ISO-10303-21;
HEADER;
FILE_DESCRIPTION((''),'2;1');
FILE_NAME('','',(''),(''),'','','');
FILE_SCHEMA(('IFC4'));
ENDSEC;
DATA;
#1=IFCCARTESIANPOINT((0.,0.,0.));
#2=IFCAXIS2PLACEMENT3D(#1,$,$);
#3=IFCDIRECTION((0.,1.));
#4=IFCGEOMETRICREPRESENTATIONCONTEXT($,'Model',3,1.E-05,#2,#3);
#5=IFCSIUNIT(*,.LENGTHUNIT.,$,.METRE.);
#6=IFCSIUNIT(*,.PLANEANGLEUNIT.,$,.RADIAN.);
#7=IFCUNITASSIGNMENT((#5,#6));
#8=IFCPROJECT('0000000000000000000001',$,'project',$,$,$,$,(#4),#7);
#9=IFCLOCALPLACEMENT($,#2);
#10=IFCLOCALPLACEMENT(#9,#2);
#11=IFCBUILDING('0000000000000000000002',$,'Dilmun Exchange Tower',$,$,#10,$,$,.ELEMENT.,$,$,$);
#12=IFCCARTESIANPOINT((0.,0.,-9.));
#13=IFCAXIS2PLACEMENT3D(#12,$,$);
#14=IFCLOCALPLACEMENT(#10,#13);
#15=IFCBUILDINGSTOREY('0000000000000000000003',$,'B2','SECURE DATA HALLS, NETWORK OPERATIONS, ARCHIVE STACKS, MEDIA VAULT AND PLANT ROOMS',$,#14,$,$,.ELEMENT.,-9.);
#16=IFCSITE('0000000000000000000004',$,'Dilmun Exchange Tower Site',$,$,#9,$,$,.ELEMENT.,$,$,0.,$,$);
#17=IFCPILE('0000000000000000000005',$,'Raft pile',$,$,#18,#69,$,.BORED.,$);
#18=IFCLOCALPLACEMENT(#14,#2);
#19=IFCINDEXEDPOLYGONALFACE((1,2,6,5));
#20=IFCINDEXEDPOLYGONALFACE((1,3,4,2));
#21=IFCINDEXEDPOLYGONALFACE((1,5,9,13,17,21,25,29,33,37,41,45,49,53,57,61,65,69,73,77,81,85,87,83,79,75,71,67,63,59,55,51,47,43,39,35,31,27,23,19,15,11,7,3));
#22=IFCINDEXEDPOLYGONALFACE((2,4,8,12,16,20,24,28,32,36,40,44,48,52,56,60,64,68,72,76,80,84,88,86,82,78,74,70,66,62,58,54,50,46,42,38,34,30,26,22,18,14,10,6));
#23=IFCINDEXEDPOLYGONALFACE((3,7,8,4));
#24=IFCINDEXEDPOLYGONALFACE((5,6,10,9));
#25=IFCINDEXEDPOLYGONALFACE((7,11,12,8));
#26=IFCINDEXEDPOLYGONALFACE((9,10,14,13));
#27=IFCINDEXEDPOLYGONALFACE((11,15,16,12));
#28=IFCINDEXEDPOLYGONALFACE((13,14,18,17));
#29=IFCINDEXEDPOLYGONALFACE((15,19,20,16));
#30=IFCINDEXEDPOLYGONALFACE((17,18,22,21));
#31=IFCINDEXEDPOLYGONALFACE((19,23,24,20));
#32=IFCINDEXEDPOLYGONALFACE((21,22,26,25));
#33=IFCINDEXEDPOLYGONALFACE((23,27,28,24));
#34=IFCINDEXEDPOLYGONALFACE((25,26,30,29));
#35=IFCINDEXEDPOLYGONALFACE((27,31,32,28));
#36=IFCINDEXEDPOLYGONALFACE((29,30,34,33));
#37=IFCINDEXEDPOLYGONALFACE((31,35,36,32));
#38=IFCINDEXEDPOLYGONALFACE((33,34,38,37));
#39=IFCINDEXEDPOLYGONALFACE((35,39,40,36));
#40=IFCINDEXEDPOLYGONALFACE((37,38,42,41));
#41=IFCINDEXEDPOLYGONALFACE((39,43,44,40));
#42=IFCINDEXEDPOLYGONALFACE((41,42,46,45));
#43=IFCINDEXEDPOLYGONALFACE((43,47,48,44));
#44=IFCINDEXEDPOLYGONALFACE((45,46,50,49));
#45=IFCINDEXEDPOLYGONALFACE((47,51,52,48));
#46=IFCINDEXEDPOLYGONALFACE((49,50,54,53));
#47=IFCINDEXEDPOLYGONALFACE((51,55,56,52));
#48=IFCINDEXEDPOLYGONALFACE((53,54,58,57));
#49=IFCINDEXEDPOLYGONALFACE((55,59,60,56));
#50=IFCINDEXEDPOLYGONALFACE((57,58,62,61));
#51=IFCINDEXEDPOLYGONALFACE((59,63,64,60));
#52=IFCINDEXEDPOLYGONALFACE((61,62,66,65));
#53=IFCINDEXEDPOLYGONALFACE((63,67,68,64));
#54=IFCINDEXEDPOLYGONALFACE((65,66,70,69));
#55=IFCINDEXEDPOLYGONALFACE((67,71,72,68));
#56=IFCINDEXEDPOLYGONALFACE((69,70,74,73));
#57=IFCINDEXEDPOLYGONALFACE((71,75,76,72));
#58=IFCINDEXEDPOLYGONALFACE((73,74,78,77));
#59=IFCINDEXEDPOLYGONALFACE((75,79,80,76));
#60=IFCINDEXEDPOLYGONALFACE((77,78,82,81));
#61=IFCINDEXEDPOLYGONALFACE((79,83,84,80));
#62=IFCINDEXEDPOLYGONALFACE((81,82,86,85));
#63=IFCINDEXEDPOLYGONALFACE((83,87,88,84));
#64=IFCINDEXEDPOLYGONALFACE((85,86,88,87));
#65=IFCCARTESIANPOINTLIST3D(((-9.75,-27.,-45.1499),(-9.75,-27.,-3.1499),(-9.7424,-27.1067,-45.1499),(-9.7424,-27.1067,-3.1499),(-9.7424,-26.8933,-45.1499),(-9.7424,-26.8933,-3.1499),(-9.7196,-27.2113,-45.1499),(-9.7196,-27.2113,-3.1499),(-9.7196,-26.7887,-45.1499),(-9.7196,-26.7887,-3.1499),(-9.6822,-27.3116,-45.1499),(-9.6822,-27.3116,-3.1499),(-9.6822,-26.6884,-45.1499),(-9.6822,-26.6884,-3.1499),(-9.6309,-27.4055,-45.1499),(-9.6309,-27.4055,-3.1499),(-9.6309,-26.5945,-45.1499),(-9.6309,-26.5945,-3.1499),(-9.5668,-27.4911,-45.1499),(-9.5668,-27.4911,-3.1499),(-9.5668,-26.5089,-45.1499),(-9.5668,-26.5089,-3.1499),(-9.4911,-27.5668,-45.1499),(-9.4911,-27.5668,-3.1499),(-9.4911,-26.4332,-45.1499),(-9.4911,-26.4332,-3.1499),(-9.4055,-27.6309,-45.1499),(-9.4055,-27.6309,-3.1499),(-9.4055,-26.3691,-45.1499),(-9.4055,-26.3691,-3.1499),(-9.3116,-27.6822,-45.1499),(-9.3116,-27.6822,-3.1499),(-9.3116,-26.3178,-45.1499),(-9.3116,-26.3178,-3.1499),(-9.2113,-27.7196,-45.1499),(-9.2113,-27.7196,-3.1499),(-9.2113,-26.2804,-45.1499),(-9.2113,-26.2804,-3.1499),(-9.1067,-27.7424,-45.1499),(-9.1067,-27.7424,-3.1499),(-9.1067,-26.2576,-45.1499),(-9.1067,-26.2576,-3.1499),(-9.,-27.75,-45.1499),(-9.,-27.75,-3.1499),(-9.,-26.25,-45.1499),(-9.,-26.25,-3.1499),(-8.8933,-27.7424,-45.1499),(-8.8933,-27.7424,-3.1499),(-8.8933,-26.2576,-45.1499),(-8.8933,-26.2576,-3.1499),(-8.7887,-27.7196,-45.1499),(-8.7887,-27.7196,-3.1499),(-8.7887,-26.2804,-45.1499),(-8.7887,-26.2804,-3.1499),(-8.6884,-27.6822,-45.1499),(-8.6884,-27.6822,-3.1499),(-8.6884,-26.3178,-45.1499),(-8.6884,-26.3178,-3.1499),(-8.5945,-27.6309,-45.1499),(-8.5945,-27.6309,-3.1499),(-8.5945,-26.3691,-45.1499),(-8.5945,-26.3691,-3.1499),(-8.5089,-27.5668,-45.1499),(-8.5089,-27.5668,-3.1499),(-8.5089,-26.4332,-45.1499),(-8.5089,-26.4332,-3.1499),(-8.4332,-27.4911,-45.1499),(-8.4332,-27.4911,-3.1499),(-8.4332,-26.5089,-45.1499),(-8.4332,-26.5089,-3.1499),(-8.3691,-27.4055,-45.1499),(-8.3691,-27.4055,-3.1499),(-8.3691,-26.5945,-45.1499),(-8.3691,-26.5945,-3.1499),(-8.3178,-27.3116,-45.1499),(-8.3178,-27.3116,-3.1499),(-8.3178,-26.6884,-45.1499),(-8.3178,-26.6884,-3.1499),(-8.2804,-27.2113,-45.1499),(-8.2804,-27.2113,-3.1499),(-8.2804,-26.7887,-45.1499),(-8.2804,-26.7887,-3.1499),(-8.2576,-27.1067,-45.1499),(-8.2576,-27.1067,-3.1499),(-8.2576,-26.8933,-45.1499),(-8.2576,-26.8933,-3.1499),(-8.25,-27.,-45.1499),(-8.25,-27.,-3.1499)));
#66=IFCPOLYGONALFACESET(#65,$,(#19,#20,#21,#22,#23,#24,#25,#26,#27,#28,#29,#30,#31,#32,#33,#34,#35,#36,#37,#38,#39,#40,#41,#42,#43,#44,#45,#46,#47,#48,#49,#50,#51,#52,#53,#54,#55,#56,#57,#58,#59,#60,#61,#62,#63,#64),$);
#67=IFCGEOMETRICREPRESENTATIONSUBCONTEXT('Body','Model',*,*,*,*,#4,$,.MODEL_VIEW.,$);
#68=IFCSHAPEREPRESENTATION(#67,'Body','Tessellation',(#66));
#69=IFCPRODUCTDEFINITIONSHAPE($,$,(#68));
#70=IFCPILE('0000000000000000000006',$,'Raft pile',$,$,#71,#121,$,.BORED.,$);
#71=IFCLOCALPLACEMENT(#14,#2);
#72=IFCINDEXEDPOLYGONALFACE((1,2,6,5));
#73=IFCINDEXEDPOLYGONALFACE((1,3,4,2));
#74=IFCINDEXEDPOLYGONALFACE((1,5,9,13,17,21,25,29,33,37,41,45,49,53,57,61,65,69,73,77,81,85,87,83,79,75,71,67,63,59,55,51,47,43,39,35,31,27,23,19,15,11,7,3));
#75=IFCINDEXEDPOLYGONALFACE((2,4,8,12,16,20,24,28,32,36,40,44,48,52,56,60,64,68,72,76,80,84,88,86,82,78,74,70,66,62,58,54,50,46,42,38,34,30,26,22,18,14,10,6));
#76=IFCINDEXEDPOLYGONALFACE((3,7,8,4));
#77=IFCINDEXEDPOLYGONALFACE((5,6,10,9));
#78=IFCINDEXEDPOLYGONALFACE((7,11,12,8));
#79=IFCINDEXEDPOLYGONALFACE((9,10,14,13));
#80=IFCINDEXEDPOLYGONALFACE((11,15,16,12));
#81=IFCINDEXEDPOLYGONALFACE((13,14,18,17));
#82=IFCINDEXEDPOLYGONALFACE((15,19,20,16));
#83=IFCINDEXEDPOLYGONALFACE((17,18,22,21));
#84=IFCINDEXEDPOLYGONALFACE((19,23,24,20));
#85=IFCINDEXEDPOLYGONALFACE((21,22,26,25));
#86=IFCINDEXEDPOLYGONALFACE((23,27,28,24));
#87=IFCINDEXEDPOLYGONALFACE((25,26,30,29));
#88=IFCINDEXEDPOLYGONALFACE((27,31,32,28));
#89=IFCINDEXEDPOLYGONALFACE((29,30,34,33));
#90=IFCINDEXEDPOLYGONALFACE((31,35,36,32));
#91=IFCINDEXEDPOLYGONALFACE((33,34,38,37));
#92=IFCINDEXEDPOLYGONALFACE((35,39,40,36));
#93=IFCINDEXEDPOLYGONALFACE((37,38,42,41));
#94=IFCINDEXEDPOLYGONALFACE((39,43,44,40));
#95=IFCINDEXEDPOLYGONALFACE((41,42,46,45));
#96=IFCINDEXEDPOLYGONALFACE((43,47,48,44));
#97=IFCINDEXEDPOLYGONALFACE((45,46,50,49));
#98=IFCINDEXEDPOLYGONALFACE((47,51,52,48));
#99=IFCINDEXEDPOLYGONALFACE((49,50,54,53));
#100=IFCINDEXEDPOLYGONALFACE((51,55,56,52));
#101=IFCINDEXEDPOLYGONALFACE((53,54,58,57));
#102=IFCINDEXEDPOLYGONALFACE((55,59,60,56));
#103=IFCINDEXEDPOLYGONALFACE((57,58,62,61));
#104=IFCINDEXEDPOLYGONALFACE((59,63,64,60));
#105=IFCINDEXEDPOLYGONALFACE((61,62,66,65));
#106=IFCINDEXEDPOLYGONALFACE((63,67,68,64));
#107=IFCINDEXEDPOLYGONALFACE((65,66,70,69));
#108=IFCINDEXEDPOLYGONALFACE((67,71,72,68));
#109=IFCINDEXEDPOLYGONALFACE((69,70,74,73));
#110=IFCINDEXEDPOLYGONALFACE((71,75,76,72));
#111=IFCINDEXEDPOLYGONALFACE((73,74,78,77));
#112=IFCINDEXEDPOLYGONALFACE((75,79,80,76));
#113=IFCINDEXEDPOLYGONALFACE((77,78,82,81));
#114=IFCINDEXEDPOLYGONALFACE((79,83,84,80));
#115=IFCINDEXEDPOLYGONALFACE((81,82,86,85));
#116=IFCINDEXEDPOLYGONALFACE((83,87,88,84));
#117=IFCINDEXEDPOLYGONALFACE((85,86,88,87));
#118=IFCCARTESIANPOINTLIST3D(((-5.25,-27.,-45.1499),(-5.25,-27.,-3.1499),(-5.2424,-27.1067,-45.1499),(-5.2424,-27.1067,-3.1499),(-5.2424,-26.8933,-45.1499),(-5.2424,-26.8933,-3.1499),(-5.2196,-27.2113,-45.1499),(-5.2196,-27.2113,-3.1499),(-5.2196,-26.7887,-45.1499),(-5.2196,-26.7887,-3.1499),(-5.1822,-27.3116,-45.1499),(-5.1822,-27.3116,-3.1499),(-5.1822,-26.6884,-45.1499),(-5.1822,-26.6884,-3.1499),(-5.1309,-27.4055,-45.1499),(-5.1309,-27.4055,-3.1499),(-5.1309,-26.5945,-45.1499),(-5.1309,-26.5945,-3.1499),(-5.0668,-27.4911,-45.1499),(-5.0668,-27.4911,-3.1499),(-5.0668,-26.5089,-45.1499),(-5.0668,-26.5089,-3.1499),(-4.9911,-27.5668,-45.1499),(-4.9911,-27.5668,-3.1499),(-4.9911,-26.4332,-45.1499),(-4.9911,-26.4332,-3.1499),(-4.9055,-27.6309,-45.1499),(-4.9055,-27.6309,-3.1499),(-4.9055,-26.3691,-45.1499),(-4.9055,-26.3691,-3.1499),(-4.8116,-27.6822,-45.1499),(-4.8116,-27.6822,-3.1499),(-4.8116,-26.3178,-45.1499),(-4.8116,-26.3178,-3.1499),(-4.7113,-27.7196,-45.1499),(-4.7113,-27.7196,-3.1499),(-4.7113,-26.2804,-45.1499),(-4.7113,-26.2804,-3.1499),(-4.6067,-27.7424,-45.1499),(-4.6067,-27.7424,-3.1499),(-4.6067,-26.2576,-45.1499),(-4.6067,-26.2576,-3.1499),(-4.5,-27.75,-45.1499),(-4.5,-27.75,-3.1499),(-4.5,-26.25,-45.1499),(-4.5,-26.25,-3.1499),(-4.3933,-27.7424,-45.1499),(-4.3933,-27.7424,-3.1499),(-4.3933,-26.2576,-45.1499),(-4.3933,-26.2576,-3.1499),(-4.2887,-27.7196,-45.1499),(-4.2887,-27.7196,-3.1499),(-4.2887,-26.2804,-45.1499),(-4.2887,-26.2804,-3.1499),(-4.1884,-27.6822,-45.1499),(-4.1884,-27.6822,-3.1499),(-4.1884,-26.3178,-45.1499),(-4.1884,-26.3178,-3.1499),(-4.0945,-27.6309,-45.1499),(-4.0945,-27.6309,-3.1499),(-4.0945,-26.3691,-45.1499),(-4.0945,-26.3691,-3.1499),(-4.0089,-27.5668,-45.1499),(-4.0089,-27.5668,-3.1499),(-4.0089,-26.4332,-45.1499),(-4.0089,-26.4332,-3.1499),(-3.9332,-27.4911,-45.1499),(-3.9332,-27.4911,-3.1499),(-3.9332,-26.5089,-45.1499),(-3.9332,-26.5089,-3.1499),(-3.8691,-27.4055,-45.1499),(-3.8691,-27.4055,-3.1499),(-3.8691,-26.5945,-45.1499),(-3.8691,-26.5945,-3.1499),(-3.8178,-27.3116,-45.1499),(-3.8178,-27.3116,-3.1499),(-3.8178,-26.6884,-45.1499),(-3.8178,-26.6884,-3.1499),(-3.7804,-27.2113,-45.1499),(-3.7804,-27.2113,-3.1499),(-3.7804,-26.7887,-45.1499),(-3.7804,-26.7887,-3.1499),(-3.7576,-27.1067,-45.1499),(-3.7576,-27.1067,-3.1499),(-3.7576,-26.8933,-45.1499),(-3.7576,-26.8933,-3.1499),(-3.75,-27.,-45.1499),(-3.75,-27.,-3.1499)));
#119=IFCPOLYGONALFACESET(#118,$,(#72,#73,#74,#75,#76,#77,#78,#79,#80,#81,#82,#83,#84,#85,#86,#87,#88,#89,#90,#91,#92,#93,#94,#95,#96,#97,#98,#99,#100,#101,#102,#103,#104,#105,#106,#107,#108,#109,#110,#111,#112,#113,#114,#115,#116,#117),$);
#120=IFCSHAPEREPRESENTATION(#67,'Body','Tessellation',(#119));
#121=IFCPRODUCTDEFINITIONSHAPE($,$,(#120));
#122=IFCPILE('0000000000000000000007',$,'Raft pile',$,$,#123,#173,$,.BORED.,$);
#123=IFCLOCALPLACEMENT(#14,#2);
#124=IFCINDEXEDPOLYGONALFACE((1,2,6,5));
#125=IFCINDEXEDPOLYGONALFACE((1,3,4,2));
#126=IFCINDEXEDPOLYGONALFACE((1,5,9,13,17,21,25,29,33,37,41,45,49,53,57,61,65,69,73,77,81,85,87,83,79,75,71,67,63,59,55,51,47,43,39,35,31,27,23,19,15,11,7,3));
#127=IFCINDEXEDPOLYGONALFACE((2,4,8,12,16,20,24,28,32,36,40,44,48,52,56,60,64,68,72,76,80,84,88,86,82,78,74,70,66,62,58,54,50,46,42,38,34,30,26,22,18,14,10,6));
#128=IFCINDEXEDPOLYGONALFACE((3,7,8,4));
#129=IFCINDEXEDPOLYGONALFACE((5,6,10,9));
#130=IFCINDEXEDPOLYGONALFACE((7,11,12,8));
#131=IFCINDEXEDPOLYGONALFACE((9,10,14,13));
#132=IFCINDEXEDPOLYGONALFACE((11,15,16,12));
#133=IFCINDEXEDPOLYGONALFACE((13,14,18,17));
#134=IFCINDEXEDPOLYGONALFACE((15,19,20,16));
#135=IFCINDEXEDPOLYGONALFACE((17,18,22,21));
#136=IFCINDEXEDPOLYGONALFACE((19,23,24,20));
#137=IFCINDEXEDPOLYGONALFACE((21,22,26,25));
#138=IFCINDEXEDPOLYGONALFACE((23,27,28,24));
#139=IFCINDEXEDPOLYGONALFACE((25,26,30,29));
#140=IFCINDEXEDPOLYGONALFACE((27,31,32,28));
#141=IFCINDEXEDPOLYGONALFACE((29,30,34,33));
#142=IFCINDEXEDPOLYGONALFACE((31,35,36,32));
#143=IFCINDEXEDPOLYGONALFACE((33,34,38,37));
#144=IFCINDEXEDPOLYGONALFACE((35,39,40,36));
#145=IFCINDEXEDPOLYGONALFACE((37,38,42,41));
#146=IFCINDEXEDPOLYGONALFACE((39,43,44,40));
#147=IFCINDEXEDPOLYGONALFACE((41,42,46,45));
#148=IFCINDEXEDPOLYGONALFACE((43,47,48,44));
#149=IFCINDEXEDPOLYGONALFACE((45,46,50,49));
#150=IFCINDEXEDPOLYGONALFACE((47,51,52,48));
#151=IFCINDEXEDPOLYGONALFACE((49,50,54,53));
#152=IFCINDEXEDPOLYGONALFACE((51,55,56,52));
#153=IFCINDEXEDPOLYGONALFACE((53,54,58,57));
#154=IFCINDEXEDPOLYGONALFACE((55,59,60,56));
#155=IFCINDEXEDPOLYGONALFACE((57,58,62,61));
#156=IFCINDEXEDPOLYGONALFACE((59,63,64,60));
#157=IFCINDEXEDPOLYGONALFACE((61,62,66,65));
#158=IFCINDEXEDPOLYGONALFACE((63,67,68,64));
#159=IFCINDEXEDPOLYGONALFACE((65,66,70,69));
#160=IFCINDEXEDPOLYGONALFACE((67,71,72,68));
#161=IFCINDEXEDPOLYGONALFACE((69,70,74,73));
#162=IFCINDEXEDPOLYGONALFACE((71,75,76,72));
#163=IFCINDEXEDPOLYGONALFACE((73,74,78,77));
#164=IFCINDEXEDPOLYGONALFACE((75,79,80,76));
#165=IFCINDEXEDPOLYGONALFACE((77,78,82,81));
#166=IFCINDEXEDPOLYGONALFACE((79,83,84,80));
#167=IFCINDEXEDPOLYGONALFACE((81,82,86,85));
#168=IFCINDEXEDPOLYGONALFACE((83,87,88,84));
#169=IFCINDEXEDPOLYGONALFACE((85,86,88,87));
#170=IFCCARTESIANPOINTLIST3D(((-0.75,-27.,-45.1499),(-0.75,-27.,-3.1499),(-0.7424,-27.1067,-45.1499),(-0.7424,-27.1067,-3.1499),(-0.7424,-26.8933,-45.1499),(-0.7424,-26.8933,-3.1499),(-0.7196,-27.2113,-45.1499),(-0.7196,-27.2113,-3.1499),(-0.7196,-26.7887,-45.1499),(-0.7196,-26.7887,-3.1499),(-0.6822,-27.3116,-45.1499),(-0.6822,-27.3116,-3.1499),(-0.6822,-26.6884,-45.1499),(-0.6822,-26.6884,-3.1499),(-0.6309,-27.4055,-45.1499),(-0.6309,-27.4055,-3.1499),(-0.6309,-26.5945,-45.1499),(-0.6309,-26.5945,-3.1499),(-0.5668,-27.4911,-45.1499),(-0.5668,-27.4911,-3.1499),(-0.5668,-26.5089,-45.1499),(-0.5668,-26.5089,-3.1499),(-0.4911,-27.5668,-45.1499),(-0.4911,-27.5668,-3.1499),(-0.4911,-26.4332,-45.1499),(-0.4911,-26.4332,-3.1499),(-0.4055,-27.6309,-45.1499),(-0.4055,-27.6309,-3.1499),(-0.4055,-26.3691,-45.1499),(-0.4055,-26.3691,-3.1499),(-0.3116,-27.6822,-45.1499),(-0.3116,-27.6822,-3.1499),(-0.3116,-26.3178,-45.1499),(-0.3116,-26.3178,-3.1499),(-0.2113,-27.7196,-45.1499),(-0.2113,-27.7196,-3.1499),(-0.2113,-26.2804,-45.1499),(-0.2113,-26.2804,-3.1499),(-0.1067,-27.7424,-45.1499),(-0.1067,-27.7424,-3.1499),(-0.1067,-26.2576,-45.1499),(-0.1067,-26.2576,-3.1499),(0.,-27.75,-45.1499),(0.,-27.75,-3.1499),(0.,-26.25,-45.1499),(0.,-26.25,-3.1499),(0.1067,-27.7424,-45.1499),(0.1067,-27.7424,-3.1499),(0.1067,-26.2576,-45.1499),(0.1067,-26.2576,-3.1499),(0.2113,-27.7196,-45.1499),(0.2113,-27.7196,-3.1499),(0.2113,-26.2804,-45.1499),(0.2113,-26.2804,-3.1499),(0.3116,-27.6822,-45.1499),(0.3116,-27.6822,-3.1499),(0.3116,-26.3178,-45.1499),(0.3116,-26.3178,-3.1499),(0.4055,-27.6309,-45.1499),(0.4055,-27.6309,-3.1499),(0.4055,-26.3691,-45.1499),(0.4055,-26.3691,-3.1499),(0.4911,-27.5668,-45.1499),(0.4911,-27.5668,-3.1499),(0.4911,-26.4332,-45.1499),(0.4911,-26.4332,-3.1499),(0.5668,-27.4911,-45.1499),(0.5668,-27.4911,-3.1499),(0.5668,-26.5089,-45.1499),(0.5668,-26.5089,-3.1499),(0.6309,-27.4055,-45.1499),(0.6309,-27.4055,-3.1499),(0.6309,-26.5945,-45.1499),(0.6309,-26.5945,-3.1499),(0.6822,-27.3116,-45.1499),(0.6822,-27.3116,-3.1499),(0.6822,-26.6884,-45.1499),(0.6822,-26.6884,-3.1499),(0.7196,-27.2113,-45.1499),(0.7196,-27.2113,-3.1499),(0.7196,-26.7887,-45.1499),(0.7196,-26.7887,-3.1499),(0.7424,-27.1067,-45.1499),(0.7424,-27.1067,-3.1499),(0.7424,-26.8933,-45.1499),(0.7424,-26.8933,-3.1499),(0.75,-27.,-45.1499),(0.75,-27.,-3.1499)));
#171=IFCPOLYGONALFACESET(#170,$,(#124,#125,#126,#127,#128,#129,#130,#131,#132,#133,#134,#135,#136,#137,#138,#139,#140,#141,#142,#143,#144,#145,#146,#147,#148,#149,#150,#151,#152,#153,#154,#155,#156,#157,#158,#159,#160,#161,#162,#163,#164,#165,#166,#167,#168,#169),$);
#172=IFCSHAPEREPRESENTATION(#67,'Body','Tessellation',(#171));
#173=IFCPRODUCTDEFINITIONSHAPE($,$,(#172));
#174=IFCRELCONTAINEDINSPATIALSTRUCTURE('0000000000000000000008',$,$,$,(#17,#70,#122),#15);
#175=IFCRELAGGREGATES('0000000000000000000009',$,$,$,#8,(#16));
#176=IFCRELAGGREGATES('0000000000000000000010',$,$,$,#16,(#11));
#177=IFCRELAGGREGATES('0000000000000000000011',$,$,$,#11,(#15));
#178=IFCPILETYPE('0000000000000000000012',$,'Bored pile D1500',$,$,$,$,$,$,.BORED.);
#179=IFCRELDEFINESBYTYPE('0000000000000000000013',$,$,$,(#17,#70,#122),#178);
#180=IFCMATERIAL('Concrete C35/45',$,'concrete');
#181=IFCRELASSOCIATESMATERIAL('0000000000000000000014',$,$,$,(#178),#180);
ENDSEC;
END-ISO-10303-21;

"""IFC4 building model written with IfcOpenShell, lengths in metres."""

from ifc_helpers import new_model, si_unit, direction, frame, origin, origin_2d, place, context, subcontext, project, spatial, circle, extrude, material, material_profile, profile_set, type_object, element, save


model = new_model("IFC4")

# Units and contexts
model_context = context("Model", 3, precision=1e-05, world=origin(), true_north=direction((0.0, 1.0)))
body_context = subcontext(model_context, "Body", "Model", "MODEL_VIEW")
ifc_project = project(units=[si_unit("LENGTHUNIT", "METRE"), si_unit("PLANEANGLEUNIT", "RADIAN")], contexts=[model_context])

# Site, building, storey
site_placement = place(None, origin())
site = spatial("IfcSite", under=ifc_project, at=site_placement, Name="Dilmun Exchange Tower Site", CompositionType="ELEMENT", RefElevation=0.0)
building_placement = place(site_placement, origin())
building = spatial("IfcBuilding", under=site, at=building_placement, Name="Dilmun Exchange Tower", CompositionType="ELEMENT")
storey_placement = place(building_placement, frame((0.0, 0.0, -9.0)))
storey = spatial("IfcBuildingStorey", under=building, at=storey_placement, Name="B2", Description="SECURE DATA HALLS, NETWORK OPERATIONS, ARCHIVE STACKS, MEDIA VAULT AND PLANT ROOMS", CompositionType="ELEMENT", Elevation=-9.0)

# Piles
ifc_material_1 = material(Name="Concrete C35/45", Category="concrete")
ifc_material_profile_1 = material_profile(ifc_material_1, circle(Radius=0.75, at=origin_2d()), Name="D1500")
ifc_profile_set_1 = profile_set([ifc_material_profile_1], Name="Concrete C35/45")
pile_type = type_object("IfcPileType", Name="Bored pile D1500", PredefinedType="BORED", material=ifc_profile_set_1)
for number, where, z_axis, x_axis, name in (
    (1, (-9.0, -27.0, -3.1499), (0.0, 0.0, -1.0), (1.0, 0.0, 0.0), "Raft pile"),
    (2, (-4.5, -27.0, -3.1499), (0.0, 0.0, -1.0), (1.0, 0.0, 0.0), "Raft pile"),
    (3, (0.0, -27.0, -3.1499), (0.0, 0.0, -1.0), (1.0, 0.0, 0.0), "Raft pile"),
):
    element("IfcPile", number, at=place(storey_placement, frame(where, z_axis=z_axis, x_axis=x_axis)), inside=storey, type_object=pile_type, Name=name, PredefinedType="BORED", context=body_context, shape_type="SweptSolid", body=[
        extrude(circle(Radius=0.75, at=origin_2d()), origin(), (0.0, 0.0, 1.0), 42.0),
    ])

save(model, "model.ifc")
